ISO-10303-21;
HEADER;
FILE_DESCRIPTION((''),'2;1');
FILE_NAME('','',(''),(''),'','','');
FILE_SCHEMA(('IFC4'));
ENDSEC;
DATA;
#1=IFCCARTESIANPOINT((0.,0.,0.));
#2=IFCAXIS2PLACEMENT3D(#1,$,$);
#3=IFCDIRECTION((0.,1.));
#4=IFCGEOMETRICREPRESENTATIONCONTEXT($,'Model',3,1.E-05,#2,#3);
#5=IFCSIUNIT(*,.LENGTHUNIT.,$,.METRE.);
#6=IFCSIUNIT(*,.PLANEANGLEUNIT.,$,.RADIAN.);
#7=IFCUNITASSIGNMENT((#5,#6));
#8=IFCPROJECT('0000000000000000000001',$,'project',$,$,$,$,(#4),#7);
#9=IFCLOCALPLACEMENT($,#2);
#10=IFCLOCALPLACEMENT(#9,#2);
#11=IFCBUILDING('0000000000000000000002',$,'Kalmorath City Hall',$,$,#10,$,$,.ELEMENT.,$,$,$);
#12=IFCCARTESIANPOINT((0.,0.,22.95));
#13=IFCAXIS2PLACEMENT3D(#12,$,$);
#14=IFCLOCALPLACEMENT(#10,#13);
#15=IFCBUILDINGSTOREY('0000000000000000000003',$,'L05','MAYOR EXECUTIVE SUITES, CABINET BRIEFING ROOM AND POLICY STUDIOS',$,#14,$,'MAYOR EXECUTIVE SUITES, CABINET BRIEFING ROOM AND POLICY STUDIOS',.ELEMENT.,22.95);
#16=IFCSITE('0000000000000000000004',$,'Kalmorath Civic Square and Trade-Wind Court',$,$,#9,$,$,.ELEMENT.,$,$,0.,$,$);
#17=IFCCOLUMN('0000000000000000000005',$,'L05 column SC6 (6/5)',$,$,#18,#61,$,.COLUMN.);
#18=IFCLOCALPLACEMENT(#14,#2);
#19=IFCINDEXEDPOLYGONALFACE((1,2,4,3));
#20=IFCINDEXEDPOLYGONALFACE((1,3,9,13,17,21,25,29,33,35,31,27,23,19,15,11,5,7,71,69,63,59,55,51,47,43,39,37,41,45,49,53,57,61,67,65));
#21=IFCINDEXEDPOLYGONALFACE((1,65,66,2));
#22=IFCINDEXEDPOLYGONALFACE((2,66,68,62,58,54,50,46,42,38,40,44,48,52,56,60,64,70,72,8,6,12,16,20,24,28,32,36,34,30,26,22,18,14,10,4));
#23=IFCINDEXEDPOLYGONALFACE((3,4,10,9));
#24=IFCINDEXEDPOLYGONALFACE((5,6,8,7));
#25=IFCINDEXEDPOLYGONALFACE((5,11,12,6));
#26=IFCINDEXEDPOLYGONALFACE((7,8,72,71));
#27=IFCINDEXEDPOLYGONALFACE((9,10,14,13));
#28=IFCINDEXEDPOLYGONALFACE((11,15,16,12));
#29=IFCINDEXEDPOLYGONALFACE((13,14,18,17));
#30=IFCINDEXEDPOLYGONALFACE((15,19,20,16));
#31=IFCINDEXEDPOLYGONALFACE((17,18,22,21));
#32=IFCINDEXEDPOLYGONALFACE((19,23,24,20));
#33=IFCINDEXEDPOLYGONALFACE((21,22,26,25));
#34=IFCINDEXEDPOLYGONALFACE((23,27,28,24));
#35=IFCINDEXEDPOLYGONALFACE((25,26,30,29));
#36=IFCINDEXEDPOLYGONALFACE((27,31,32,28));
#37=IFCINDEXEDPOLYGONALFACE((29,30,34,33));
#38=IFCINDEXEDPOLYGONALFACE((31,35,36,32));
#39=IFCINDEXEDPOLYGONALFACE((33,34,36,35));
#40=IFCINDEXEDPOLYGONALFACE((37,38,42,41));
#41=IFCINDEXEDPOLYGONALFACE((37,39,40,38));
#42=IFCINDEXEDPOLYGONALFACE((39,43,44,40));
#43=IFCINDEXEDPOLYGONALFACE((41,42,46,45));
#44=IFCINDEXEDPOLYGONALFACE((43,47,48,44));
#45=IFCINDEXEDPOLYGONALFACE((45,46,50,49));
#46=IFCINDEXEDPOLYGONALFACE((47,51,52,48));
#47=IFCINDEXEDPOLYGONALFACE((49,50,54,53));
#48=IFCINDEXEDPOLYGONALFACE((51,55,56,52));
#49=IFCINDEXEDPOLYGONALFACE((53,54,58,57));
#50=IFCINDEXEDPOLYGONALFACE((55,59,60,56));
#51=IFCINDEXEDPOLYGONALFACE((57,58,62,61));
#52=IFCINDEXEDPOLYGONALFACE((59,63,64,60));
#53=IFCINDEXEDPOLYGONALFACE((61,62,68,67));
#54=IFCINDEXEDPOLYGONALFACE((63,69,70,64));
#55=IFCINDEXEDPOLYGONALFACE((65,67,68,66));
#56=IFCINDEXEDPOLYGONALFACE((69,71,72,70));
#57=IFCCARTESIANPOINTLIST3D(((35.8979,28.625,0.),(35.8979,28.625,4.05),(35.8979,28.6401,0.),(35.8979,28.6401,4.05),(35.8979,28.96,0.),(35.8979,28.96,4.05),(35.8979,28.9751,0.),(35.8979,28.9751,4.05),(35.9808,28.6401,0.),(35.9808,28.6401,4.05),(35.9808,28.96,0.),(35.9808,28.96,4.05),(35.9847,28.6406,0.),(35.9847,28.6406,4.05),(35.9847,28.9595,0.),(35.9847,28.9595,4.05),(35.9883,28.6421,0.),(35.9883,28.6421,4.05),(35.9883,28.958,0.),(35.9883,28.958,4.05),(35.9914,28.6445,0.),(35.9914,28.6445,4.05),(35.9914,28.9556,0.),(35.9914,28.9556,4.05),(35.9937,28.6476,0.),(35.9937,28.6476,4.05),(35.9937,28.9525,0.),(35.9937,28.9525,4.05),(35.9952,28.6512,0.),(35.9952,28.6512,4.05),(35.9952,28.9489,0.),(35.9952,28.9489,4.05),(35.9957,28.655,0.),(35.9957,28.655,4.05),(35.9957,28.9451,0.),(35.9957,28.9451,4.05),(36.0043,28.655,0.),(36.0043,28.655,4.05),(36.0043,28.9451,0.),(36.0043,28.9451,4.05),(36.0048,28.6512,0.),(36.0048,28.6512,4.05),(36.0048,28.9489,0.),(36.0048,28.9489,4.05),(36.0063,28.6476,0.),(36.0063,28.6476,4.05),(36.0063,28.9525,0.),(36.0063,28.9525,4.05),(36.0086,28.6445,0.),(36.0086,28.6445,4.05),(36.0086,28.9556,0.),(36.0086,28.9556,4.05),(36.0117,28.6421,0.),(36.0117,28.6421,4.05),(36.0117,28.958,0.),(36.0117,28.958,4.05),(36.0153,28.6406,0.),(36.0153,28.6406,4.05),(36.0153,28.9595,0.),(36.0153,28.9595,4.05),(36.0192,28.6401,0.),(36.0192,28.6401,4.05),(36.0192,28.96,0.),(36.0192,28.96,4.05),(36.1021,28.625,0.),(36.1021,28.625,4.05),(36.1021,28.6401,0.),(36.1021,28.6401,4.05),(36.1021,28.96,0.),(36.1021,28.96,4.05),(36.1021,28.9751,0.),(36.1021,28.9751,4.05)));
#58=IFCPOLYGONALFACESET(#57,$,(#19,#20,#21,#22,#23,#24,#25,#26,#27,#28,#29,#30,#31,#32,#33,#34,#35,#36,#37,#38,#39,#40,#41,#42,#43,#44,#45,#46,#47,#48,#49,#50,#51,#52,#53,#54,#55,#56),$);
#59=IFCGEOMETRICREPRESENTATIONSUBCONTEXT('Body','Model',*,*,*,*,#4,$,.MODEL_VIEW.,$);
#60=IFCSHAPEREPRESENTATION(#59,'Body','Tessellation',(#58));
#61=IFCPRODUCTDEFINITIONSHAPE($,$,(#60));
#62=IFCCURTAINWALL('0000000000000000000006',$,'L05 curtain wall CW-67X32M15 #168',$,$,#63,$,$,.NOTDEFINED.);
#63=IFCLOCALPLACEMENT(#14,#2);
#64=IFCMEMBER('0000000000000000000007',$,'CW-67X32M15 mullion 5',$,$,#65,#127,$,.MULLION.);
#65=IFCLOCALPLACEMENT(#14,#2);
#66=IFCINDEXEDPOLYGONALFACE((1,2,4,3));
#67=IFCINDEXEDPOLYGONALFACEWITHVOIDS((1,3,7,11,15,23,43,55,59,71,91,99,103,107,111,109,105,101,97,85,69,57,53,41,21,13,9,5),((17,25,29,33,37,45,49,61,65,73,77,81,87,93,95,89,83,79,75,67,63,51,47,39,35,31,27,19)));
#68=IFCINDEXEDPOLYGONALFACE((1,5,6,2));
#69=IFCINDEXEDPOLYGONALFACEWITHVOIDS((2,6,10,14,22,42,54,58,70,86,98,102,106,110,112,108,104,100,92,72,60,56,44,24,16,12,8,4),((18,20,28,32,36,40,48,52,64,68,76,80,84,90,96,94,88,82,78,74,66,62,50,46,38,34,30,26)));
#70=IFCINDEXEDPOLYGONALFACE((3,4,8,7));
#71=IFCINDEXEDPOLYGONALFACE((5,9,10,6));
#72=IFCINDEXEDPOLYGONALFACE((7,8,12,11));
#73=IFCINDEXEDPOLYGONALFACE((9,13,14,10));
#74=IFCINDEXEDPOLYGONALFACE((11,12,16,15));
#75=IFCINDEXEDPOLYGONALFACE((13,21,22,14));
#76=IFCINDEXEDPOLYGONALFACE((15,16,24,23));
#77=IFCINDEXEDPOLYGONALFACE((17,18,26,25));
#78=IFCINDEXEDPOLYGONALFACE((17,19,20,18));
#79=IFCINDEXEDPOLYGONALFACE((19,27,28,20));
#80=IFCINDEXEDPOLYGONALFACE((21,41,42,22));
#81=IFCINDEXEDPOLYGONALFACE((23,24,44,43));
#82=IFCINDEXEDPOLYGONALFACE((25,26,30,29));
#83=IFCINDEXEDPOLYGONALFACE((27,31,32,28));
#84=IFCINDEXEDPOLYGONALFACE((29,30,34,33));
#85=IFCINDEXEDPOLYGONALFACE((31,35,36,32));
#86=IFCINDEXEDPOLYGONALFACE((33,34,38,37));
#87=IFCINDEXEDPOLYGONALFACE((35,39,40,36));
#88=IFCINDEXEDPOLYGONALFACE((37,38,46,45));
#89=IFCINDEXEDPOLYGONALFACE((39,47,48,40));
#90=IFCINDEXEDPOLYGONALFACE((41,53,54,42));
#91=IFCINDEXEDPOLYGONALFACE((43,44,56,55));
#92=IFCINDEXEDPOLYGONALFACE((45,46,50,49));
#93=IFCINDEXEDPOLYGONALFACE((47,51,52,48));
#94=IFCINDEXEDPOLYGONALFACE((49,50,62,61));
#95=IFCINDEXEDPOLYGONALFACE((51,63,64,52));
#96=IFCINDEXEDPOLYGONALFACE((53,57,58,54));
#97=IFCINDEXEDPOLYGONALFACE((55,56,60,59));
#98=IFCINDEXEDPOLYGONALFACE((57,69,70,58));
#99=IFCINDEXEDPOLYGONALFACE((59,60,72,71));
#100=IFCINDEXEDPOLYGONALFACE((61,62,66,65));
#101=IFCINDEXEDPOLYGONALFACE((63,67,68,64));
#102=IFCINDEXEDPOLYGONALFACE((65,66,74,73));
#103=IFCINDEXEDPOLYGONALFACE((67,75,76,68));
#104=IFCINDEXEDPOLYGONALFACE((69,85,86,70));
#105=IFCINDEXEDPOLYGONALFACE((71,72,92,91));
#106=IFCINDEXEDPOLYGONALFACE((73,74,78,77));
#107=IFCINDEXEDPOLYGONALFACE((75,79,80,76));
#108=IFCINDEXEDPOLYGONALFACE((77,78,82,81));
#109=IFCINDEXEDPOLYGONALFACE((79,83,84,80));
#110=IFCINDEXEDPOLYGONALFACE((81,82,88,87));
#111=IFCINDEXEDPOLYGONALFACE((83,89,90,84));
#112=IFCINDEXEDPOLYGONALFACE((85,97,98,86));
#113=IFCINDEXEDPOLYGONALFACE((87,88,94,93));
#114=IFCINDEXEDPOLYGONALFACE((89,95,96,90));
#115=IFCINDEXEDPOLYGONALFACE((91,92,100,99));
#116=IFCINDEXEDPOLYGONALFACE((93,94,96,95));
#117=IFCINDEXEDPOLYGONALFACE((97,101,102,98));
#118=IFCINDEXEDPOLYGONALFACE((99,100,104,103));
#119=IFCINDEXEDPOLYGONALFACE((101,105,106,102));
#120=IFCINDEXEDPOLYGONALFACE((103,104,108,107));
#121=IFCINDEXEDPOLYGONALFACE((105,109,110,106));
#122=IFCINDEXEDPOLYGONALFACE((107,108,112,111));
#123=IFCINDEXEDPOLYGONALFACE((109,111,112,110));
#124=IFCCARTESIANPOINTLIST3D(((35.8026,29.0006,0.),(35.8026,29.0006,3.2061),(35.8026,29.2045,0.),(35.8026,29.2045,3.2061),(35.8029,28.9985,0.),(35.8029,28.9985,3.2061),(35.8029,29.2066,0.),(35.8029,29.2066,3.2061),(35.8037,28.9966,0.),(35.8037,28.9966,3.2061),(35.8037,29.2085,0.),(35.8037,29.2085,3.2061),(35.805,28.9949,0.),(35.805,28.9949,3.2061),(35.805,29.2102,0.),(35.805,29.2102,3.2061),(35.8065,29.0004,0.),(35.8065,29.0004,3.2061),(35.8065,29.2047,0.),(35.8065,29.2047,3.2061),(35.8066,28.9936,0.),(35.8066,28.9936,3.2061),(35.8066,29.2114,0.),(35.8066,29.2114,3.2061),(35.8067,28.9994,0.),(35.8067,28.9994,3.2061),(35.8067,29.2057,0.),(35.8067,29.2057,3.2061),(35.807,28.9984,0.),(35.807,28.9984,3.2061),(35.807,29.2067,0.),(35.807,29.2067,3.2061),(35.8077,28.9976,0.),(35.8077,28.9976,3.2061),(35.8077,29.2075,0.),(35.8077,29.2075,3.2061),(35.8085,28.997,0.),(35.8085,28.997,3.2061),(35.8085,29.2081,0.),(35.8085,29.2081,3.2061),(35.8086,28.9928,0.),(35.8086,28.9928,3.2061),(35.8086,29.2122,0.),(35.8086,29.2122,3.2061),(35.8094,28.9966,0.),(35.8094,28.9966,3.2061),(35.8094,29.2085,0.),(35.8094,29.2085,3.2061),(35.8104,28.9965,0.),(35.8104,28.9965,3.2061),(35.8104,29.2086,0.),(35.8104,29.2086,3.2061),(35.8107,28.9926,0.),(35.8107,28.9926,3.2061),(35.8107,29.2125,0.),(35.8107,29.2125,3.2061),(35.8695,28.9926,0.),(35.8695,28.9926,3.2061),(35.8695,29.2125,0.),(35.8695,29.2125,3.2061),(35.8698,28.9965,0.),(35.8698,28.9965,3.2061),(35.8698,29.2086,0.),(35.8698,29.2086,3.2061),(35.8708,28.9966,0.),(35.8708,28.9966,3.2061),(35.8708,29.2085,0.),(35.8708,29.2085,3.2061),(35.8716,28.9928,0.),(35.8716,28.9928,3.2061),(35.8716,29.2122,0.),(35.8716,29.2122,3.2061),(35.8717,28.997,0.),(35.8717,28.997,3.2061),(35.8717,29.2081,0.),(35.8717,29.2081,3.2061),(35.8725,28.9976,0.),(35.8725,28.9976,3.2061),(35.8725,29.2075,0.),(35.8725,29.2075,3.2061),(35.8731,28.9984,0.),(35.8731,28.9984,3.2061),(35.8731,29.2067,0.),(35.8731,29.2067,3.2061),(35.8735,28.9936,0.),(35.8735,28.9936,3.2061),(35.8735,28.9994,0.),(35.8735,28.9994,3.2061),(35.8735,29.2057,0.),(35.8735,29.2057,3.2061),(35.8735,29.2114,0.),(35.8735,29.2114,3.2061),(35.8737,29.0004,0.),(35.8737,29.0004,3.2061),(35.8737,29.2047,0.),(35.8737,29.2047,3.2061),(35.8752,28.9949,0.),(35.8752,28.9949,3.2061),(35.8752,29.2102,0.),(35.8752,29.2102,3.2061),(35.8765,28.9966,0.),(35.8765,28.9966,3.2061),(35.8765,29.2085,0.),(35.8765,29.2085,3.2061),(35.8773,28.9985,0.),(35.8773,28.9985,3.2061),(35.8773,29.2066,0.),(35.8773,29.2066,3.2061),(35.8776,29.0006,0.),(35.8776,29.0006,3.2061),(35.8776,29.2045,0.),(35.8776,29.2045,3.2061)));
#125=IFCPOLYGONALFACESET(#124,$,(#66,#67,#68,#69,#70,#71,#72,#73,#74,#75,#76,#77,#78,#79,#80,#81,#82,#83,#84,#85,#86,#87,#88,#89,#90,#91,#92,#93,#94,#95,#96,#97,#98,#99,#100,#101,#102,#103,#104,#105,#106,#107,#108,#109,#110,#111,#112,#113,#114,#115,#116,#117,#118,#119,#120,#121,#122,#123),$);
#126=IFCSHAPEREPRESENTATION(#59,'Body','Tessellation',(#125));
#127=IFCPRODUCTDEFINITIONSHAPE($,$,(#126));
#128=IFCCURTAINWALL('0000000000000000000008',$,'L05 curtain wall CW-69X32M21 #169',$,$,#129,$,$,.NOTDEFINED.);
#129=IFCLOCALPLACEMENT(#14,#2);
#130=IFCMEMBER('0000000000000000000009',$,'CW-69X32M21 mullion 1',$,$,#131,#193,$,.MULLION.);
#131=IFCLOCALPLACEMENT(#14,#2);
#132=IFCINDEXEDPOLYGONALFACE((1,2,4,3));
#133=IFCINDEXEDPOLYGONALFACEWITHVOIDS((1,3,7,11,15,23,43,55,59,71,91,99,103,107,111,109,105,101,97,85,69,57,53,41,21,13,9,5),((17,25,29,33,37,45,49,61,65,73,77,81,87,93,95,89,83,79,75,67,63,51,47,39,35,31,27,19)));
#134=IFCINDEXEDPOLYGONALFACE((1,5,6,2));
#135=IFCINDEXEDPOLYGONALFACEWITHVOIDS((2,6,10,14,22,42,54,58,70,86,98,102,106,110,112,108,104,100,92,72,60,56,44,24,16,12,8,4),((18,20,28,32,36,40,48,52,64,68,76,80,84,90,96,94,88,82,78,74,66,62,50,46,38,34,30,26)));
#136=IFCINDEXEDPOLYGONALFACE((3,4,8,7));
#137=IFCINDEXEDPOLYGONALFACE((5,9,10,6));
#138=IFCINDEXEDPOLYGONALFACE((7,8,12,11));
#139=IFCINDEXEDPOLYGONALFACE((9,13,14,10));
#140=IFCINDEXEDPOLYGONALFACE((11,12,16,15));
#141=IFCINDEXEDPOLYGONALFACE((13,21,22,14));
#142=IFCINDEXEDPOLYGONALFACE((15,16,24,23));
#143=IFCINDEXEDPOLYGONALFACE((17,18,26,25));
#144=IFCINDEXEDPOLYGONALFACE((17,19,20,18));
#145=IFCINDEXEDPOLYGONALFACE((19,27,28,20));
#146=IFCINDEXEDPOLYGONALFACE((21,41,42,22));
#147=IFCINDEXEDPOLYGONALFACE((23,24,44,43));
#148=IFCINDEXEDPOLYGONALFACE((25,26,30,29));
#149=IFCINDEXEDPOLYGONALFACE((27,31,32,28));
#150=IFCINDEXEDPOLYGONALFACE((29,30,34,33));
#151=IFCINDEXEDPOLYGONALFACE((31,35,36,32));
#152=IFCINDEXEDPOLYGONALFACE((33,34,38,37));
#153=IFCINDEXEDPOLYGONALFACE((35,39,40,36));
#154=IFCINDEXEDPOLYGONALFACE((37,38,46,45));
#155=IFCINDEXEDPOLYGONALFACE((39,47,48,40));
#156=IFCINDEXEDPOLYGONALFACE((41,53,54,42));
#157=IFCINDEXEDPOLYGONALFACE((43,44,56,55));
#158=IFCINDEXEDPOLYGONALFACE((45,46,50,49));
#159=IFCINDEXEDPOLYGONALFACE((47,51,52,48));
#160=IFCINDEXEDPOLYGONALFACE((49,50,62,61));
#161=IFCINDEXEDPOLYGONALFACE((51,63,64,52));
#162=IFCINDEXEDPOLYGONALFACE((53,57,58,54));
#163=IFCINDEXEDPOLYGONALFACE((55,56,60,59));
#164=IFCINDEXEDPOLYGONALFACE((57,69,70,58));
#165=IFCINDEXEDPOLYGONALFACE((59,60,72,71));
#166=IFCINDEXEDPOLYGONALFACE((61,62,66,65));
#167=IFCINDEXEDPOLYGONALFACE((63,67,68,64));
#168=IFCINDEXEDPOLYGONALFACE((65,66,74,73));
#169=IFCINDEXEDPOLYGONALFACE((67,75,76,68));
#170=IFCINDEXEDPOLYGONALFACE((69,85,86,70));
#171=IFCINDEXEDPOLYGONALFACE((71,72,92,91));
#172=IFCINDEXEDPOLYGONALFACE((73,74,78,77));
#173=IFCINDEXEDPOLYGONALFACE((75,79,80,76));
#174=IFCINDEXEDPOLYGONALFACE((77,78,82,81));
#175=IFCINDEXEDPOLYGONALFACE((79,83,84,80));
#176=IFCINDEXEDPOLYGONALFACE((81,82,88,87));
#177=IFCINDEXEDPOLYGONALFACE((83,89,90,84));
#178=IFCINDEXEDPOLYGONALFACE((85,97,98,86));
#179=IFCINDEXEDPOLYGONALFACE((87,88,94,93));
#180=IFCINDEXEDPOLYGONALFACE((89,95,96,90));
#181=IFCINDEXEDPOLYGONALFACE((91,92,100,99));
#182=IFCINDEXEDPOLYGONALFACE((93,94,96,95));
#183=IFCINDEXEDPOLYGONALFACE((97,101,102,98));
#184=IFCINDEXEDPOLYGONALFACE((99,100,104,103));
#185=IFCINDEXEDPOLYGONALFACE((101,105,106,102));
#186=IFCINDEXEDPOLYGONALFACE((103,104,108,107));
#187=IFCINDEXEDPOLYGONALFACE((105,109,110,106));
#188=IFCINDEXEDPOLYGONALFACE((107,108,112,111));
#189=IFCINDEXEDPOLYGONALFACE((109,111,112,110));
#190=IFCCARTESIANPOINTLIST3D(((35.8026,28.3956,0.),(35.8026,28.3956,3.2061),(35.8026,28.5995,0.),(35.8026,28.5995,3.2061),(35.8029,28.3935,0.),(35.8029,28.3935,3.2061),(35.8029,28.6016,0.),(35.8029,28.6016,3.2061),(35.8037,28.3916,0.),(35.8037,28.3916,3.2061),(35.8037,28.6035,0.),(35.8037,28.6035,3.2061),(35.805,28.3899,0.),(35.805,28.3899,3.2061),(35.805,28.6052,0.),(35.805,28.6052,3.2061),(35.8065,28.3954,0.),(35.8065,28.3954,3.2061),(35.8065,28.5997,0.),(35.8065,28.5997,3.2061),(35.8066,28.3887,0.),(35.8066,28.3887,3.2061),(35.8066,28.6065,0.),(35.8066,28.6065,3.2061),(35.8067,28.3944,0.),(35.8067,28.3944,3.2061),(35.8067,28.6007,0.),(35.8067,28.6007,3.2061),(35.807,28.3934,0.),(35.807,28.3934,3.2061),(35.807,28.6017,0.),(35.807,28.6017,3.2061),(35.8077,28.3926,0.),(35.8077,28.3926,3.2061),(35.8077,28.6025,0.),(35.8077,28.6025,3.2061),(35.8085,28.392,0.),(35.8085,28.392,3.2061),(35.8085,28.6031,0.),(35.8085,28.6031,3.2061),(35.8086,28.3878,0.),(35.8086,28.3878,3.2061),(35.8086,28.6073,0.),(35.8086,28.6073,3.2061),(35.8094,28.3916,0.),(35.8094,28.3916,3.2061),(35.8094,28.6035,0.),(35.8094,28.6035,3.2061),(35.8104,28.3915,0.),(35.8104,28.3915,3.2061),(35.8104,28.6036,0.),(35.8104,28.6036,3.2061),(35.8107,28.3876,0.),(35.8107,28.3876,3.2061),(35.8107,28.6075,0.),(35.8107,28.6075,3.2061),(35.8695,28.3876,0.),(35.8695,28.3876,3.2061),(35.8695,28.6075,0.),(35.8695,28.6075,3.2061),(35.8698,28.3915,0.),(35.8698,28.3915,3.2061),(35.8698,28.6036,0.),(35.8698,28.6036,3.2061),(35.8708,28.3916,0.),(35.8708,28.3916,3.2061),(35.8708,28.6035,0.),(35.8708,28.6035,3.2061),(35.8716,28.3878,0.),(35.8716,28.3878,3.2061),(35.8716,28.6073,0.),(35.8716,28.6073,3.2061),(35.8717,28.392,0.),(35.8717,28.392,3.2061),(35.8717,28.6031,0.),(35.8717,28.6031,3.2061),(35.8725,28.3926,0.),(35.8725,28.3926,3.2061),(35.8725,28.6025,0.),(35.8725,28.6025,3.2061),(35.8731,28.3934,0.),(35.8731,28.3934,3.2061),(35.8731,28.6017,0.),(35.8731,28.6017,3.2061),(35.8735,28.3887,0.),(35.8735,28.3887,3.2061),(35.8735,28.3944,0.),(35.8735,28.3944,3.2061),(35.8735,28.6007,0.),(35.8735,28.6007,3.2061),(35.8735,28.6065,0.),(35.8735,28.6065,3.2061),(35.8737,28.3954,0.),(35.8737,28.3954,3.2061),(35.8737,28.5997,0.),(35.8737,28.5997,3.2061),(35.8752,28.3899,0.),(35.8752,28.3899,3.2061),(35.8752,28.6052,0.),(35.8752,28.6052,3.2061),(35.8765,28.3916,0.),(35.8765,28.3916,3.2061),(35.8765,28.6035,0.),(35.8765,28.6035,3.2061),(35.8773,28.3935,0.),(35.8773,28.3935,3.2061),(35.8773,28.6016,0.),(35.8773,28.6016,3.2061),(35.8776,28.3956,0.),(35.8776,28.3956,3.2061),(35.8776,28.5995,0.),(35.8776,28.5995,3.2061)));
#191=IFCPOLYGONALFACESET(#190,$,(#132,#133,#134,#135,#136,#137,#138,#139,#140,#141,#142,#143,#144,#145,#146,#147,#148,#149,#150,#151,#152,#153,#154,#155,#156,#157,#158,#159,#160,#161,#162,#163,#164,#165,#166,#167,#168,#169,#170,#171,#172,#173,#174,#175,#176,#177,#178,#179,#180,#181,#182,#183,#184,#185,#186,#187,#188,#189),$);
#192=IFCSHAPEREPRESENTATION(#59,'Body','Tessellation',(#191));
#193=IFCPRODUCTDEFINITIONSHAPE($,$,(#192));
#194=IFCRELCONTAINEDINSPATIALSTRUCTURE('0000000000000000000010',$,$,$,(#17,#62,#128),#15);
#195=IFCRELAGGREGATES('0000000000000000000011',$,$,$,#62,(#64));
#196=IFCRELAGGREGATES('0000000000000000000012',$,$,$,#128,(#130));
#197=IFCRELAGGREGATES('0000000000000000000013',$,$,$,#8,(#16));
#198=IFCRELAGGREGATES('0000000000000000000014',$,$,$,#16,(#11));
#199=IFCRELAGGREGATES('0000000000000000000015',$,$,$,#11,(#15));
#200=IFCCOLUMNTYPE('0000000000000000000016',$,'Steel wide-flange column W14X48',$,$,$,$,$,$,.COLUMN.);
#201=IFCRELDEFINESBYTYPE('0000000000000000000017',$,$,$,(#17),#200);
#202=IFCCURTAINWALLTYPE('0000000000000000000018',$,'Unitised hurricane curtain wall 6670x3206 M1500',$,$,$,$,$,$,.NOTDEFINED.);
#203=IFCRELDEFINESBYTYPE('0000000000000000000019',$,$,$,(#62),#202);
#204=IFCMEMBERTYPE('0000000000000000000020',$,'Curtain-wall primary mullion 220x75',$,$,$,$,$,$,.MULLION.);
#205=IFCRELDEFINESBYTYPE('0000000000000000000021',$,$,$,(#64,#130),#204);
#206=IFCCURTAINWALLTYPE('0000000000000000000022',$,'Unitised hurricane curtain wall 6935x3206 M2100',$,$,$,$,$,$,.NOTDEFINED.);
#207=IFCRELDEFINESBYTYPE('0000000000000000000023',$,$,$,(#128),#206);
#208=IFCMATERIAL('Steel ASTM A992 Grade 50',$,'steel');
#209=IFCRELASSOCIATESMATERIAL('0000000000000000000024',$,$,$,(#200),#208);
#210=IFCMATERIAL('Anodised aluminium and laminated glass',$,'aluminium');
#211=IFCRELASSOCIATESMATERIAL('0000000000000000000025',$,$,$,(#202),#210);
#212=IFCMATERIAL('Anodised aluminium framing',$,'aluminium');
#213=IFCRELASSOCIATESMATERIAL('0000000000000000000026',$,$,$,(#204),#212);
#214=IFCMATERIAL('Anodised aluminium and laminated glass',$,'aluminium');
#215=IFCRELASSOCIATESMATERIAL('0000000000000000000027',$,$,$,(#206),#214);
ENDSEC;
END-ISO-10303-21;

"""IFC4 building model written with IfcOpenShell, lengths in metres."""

from ifc_helpers import new_model, si_unit, direction, frame, origin, origin_2d, place, context, subcontext, project, spatial, hollow_rectangle, i_section, extrude, material, material_profile, profile_set, type_object, element, aggregate, save


model = new_model("IFC4")

# Units and contexts
model_context = context("Model", 3, precision=1e-05, world=origin(), true_north=direction((0.0, 1.0)))
body_context = subcontext(model_context, "Body", "Model", "MODEL_VIEW")
ifc_project = project(units=[si_unit("LENGTHUNIT", "METRE"), si_unit("PLANEANGLEUNIT", "RADIAN")], contexts=[model_context])

# Site, building, storey
site_placement = place(None, origin())
site = spatial("IfcSite", under=ifc_project, at=site_placement, Name="Kalmorath Civic Square and Trade-Wind Court", CompositionType="ELEMENT", RefElevation=0.0)
building_placement = place(site_placement, origin())
building = spatial("IfcBuilding", under=site, at=building_placement, Name="Kalmorath City Hall", CompositionType="ELEMENT")
storey_placement = place(building_placement, frame((0.0, 0.0, 22.95)))
storey = spatial("IfcBuildingStorey", under=building, at=storey_placement, Name="L05", Description="MAYOR EXECUTIVE SUITES, CABINET BRIEFING ROOM AND POLICY STUDIOS", LongName="MAYOR EXECUTIVE SUITES, CABINET BRIEFING ROOM AND POLICY STUDIOS", CompositionType="ELEMENT", Elevation=22.95)

# Column
ifc_material_1 = material(Name="Steel ASTM A992 Grade 50", Category="steel")
ifc_material_profile_1 = material_profile(ifc_material_1, i_section(OverallWidth=0.2041, OverallDepth=0.3501, WebThickness=0.0085, FlangeThickness=0.0151, FilletRadius=0.0149, at=origin_2d()), Name="W14X48")
ifc_profile_set_1 = profile_set([ifc_material_profile_1], Name="Steel ASTM A992 Grade 50")
column_type = type_object("IfcColumnType", Name="Steel wide-flange column W14X48", PredefinedType="COLUMN", material=ifc_profile_set_1)
column_placement = place(storey_placement, frame((36.0, 28.8, 0.0), z_axis=(0.0, 0.0, 1.0), x_axis=(1.0, 0.0, 0.0)))
element("IfcColumn", 1, at=column_placement, inside=storey, type_object=column_type, Name="L05 column SC6 (6/5)", PredefinedType="COLUMN", context=body_context, shape_type="SweptSolid", body=[
    extrude(i_section(OverallWidth=0.2041, OverallDepth=0.3501, WebThickness=0.0085, FlangeThickness=0.0151, FilletRadius=0.0149, at=origin_2d()), origin(), (0.0, 0.0, 1.0), 4.05),
])

# Curtain wall, member
ifc_material_2 = material(Name="Anodised aluminium and laminated glass", Category="aluminium")
curtain_wall_type_1 = type_object("IfcCurtainWallType", Name="Unitised hurricane curtain wall 6670x3206 M1500", PredefinedType="NOTDEFINED", material=ifc_material_2)
curtain_wall_1_placement = place(storey_placement, origin())
curtain_wall_1 = element("IfcCurtainWall", 2, at=curtain_wall_1_placement, inside=storey, type_object=curtain_wall_type_1, Name="L05 curtain wall CW-67X32M15 #168", PredefinedType="NOTDEFINED")
ifc_material_3 = material(Name="Anodised aluminium framing", Category="aluminium")
ifc_material_profile_2 = material_profile(ifc_material_3, hollow_rectangle(XDim=0.075, YDim=0.22, WallThickness=0.0039, InnerFilletRadius=0.0039, OuterFilletRadius=0.0081, at=origin_2d()), Name="ALU-MUL-220X75X4")
ifc_profile_set_2 = profile_set([ifc_material_profile_2], Name="Anodised aluminium framing")
member_type_1 = type_object("IfcMemberType", Name="Curtain-wall primary mullion 220x75", PredefinedType="MULLION", material=ifc_profile_set_2)
member_1_placement = place(storey_placement, frame((35.8401, 29.1025, 0.0), z_axis=(0.0, 0.0, 1.0), x_axis=(1.0, 0.0, 0.0)))
member_1 = element("IfcMember", 3, at=member_1_placement, type_object=member_type_1, Name="CW-67X32M15 mullion 5", PredefinedType="MULLION", context=body_context, shape_type="SweptSolid", body=[
    extrude(hollow_rectangle(XDim=0.075, YDim=0.22, WallThickness=0.0039, InnerFilletRadius=0.0039, OuterFilletRadius=0.0081, at=origin_2d()), origin(), (0.0, 0.0, 1.0), 3.2061),
])

# Curtain wall, member
ifc_material_4 = material(Name="Anodised aluminium and laminated glass", Category="aluminium")
curtain_wall_type_2 = type_object("IfcCurtainWallType", Name="Unitised hurricane curtain wall 6935x3206 M2100", PredefinedType="NOTDEFINED", material=ifc_material_4)
curtain_wall_2_placement = place(storey_placement, origin())
curtain_wall_2 = element("IfcCurtainWall", 4, at=curtain_wall_2_placement, inside=storey, type_object=curtain_wall_type_2, Name="L05 curtain wall CW-69X32M21 #169", PredefinedType="NOTDEFINED")
member_2_placement = place(storey_placement, frame((35.8401, 28.4976, 0.0), z_axis=(0.0, 0.0, 1.0), x_axis=(1.0, 0.0, 0.0)))
member_2 = element("IfcMember", 5, at=member_2_placement, type_object=member_type_1, Name="CW-69X32M21 mullion 1", PredefinedType="MULLION", context=body_context, shape_type="SweptSolid", body=[
    extrude(hollow_rectangle(XDim=0.075, YDim=0.22, WallThickness=0.0039, InnerFilletRadius=0.0039, OuterFilletRadius=0.0081, at=origin_2d()), origin(), (0.0, 0.0, 1.0), 3.2061),
])

aggregate(curtain_wall_1, [member_1])
aggregate(curtain_wall_2, [member_2])

save(model, "model.ifc")
